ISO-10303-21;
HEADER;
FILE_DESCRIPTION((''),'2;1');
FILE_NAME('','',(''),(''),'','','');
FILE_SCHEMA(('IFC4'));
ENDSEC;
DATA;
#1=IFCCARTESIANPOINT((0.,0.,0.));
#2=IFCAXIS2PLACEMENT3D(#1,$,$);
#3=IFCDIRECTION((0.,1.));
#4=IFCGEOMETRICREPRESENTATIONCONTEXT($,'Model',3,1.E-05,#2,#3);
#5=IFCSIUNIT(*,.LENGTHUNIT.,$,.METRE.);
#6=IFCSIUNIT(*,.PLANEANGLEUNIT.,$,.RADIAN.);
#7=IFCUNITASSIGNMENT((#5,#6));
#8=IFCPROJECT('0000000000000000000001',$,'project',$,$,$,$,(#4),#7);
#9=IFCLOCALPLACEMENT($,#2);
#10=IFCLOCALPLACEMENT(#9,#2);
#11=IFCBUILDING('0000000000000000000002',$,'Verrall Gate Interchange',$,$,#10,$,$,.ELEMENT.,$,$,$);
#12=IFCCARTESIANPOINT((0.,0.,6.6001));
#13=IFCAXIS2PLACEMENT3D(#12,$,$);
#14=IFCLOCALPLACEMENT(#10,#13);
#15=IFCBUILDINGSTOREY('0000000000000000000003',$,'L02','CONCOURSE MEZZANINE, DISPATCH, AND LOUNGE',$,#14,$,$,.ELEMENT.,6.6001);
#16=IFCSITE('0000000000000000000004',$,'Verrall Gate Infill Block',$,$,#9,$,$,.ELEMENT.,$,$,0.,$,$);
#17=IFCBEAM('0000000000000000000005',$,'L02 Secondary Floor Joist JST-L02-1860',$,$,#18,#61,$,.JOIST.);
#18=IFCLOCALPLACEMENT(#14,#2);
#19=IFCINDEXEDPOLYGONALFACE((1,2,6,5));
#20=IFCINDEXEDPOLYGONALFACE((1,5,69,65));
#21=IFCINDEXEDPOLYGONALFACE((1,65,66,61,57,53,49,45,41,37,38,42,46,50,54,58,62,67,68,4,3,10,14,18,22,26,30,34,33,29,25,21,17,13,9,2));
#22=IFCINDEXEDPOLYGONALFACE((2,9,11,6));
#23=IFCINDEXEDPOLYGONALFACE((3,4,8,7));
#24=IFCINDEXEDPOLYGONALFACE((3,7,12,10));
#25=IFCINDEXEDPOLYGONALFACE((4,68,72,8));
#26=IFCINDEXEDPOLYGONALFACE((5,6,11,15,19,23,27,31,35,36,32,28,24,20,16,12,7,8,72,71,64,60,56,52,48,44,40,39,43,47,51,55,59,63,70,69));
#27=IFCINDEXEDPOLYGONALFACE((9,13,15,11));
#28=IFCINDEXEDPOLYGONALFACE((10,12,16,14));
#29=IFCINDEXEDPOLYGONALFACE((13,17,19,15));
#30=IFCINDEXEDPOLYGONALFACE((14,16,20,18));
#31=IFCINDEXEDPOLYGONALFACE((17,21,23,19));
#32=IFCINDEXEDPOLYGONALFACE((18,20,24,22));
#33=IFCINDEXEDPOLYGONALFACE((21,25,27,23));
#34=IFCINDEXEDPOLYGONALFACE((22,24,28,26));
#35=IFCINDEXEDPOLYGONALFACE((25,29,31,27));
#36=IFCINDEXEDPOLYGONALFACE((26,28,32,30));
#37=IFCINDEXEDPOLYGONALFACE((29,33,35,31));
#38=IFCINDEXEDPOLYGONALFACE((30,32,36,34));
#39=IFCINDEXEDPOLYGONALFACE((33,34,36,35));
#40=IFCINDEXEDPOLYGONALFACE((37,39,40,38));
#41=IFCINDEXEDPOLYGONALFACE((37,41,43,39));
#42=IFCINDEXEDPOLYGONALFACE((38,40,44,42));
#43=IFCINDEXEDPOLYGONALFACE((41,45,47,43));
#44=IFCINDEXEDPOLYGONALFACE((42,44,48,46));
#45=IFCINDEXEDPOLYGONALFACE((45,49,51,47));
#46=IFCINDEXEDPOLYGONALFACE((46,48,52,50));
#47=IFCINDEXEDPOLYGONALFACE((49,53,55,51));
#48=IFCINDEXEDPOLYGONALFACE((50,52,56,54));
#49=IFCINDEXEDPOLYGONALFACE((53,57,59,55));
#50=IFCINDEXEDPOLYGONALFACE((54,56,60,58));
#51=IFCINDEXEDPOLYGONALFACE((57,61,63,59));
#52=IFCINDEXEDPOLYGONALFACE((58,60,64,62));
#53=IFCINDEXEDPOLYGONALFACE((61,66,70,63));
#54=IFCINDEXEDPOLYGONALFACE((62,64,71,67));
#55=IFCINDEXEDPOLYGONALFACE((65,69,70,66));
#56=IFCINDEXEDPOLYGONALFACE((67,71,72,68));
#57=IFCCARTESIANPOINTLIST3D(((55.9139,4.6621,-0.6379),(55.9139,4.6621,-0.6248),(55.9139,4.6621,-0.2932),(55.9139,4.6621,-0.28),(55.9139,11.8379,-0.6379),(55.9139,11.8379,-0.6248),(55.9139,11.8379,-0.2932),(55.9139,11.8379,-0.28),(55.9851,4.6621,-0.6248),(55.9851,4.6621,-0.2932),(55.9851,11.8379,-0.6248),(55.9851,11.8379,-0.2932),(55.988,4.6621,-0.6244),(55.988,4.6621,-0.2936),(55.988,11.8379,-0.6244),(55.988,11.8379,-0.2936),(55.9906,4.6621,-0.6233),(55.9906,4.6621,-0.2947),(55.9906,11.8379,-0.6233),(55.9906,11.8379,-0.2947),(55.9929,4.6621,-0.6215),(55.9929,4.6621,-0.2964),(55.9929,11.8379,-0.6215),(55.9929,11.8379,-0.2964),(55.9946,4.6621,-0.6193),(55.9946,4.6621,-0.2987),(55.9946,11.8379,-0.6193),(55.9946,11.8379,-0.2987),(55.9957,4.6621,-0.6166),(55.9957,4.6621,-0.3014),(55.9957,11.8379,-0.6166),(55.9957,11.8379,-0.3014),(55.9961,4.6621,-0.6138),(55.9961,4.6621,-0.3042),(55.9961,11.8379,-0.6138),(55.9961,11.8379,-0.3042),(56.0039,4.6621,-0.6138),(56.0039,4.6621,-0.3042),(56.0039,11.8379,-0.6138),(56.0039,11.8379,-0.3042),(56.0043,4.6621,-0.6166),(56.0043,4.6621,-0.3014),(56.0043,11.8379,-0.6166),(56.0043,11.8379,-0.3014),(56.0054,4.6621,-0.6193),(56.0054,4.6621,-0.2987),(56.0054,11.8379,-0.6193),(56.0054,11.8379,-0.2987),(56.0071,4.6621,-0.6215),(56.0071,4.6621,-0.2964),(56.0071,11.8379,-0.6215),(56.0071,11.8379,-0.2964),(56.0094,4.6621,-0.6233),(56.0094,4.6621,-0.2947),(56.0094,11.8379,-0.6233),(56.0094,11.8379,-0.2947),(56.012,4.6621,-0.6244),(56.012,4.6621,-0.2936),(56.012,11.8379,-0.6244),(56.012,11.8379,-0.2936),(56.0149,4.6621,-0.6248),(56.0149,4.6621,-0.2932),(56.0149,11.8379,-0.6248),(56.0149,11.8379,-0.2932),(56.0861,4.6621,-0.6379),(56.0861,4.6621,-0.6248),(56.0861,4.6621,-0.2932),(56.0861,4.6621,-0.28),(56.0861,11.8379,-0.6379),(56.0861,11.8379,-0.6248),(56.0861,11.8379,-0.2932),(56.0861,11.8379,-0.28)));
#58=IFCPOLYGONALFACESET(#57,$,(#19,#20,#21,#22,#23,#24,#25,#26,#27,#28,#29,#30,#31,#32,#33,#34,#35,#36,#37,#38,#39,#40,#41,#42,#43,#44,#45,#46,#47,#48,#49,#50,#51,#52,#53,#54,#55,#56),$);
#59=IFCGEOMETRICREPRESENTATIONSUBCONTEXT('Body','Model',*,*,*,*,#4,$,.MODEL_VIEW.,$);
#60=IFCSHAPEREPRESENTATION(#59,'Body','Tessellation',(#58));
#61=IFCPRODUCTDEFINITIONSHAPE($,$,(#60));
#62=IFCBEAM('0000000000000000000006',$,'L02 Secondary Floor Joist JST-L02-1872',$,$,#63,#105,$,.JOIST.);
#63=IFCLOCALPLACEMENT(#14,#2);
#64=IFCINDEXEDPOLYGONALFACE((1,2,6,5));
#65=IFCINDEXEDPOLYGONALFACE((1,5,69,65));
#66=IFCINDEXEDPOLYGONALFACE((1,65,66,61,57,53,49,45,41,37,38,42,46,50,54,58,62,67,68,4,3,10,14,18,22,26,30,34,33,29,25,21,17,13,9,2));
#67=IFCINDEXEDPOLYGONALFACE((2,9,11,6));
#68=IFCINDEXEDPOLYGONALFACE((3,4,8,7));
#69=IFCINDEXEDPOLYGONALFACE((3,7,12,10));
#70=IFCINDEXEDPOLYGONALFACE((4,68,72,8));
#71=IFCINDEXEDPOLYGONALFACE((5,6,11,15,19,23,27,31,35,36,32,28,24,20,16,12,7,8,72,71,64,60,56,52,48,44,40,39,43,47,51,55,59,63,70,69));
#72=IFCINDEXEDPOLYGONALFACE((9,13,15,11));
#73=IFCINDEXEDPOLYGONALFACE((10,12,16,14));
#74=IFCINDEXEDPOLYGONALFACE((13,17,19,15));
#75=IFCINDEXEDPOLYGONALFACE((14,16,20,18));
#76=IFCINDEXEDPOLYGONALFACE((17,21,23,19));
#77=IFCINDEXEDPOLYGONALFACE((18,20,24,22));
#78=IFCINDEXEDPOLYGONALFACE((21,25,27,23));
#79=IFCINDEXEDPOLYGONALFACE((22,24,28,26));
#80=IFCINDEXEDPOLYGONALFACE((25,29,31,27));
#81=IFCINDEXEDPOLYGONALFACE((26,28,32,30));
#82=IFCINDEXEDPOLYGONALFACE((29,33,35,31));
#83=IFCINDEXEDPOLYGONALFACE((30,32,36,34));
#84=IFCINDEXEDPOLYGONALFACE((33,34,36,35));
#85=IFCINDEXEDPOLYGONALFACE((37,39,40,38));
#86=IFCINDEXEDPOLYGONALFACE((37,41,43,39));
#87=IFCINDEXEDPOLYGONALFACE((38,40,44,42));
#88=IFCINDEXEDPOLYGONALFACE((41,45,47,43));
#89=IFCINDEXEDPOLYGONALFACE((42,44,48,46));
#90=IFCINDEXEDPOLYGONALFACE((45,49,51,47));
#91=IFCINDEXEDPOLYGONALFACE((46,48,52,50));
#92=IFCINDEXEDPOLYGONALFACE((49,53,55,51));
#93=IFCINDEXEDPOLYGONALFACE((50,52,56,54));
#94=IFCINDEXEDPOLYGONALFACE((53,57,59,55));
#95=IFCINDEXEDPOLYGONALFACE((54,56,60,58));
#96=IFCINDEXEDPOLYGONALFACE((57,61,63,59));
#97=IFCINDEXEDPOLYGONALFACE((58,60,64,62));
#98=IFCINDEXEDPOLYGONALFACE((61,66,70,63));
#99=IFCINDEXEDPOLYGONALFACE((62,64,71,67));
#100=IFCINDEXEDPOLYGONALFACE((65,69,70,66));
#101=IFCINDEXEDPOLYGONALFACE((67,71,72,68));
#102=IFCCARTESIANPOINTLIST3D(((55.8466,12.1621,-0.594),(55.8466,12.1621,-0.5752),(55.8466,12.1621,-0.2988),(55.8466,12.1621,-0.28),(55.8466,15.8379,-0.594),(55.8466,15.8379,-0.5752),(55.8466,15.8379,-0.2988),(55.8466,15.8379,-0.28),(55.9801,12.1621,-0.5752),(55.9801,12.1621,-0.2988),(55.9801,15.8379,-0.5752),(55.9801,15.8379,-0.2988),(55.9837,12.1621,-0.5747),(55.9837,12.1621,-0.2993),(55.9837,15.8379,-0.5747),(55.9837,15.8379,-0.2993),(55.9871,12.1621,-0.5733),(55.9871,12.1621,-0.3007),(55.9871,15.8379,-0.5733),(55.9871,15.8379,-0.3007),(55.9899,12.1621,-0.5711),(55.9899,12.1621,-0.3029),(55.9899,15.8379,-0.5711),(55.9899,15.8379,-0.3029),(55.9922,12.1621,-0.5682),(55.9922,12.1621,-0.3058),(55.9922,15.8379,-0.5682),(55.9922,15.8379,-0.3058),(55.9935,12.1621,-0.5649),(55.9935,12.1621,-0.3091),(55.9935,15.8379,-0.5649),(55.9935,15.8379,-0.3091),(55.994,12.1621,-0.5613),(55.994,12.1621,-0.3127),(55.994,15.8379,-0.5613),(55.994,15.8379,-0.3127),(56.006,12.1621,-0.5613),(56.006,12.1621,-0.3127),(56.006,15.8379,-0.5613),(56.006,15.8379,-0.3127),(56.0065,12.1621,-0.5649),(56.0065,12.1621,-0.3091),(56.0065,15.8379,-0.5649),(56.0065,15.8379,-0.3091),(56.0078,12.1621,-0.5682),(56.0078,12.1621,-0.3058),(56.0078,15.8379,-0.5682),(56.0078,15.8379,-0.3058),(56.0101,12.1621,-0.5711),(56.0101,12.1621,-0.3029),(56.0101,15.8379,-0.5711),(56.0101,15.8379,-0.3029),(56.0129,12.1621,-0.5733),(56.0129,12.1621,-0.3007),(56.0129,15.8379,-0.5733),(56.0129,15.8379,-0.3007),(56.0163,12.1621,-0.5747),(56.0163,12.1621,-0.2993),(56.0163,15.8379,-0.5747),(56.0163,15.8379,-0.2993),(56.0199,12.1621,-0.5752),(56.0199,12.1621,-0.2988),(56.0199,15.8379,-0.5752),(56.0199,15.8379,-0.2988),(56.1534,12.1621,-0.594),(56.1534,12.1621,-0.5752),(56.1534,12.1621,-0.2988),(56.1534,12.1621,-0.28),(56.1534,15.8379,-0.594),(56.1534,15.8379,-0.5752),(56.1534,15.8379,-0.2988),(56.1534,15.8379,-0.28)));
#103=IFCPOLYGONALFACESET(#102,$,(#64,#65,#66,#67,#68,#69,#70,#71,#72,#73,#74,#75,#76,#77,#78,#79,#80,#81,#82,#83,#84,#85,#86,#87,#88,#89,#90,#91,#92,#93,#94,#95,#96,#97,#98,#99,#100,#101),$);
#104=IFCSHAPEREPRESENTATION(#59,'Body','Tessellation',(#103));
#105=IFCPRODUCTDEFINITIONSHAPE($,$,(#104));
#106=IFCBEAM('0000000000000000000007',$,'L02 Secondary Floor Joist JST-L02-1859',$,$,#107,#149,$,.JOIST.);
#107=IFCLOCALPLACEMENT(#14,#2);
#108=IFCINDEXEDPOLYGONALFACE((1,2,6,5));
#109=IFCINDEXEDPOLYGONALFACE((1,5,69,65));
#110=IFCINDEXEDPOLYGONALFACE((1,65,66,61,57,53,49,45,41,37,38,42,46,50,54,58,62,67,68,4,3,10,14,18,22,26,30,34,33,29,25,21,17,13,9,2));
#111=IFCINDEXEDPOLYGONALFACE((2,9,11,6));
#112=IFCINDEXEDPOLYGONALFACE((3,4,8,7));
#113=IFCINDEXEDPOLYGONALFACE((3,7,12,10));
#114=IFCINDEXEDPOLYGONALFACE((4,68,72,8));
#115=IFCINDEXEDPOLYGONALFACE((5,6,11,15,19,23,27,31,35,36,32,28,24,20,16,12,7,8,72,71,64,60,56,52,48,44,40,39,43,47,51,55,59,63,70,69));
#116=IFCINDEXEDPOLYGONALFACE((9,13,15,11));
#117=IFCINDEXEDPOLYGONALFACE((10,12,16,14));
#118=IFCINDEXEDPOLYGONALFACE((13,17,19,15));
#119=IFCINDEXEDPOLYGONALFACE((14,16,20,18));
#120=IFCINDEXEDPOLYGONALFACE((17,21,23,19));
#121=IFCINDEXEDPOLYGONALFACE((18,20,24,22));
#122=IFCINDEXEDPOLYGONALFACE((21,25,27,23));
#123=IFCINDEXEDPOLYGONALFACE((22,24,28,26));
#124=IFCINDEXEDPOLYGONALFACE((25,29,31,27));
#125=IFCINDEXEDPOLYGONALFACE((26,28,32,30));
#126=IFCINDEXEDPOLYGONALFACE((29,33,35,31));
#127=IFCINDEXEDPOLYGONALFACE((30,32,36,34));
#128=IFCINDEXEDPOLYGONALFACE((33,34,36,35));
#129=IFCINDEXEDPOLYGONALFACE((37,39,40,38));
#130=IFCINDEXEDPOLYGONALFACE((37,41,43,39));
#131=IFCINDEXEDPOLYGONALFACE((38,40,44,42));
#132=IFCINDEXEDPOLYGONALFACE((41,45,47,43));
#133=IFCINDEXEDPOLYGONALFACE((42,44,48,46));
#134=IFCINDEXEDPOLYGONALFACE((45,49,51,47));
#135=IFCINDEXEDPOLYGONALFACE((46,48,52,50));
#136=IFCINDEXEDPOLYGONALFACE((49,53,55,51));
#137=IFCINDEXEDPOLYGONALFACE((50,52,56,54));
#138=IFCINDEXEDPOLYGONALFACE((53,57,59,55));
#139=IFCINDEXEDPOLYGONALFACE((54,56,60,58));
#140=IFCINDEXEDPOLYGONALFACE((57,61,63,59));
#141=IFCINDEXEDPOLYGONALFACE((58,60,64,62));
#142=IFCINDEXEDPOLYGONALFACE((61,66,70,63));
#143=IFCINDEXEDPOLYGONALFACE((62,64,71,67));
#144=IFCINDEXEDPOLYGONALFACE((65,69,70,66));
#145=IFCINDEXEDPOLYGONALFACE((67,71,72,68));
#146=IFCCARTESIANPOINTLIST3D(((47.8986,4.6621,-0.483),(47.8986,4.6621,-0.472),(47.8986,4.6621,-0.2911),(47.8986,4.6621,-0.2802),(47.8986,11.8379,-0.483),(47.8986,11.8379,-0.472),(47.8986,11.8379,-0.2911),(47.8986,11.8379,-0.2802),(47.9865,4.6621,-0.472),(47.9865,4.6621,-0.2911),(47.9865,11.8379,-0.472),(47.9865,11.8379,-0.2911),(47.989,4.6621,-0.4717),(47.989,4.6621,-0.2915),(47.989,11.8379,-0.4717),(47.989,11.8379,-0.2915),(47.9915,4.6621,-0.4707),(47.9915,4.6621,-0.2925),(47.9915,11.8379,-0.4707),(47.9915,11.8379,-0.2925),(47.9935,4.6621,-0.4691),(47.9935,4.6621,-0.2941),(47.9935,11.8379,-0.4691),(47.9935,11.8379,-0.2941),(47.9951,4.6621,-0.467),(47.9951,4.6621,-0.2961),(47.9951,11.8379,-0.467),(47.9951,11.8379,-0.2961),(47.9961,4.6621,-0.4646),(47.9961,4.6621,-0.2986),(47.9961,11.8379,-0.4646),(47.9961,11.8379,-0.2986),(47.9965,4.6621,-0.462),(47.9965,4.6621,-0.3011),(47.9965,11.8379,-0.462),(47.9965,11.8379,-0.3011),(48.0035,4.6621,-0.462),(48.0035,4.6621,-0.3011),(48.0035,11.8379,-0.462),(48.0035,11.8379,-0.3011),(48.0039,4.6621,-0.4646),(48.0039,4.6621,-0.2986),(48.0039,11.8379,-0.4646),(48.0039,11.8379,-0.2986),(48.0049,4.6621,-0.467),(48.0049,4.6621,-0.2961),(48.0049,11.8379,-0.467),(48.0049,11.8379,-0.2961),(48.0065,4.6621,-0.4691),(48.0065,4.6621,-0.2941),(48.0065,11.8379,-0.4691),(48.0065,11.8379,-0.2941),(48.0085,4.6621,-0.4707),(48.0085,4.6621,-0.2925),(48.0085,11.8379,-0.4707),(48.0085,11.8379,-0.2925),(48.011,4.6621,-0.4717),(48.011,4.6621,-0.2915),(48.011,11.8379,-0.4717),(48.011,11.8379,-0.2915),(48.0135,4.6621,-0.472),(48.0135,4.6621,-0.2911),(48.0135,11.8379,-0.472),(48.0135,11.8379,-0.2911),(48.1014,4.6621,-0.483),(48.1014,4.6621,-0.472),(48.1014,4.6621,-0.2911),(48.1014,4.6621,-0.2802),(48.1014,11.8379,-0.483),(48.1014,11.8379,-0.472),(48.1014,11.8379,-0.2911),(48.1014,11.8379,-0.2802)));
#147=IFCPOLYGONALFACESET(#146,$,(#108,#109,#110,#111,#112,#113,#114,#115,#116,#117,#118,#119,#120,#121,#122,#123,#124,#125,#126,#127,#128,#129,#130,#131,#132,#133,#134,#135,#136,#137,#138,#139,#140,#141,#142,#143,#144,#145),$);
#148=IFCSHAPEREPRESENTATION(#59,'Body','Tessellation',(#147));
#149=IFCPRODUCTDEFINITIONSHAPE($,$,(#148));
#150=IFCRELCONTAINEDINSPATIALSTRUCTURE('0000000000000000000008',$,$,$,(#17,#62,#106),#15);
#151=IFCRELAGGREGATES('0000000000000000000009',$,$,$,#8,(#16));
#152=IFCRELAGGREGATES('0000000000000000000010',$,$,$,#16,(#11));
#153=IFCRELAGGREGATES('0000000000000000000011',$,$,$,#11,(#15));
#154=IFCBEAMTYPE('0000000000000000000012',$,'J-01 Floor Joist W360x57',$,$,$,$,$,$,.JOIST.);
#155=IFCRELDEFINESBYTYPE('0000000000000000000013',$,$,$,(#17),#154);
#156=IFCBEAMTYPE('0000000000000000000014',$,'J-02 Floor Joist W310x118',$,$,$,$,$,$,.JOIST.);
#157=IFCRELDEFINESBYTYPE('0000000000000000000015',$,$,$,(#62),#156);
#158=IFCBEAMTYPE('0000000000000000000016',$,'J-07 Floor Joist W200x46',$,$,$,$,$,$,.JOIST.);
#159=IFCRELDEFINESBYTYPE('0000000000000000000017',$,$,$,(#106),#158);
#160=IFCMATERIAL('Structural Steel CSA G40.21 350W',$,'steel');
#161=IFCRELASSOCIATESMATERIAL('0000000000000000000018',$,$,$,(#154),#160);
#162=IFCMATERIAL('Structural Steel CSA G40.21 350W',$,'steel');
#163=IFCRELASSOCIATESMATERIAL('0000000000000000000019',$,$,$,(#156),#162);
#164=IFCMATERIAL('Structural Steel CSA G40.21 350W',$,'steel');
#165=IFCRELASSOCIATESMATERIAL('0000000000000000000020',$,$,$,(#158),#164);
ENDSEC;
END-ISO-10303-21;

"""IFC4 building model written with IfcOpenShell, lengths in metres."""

from ifc_helpers import new_model, si_unit, direction, frame, origin, origin_2d, place, context, subcontext, project, spatial, i_section, extrude, material, material_profile, profile_set, type_object, element, save


model = new_model("IFC4")

# Units and contexts
model_context = context("Model", 3, precision=1e-05, world=origin(), true_north=direction((0.0, 1.0)))
body_context = subcontext(model_context, "Body", "Model", "MODEL_VIEW")
ifc_project = project(units=[si_unit("LENGTHUNIT", "METRE"), si_unit("PLANEANGLEUNIT", "RADIAN")], contexts=[model_context])

# Site, building, storey
site_placement = place(None, origin())
site = spatial("IfcSite", under=ifc_project, at=site_placement, Name="Verrall Gate Infill Block", CompositionType="ELEMENT", RefElevation=0.0)
building_placement = place(site_placement, origin())
building = spatial("IfcBuilding", under=site, at=building_placement, Name="Verrall Gate Interchange", CompositionType="ELEMENT")
storey_placement = place(building_placement, frame((0.0, 0.0, 6.6001)))
storey = spatial("IfcBuildingStorey", under=building, at=storey_placement, Name="L02", Description="CONCOURSE MEZZANINE, DISPATCH, AND LOUNGE", CompositionType="ELEMENT", Elevation=6.6001)

# Beams
ifc_material_1 = material(Name="Structural Steel CSA G40.21 350W", Category="steel")
ifc_material_profile_1 = material_profile(ifc_material_1, i_section(OverallWidth=0.1721, OverallDepth=0.3579, WebThickness=0.0078, FlangeThickness=0.0132, FilletRadius=0.011, at=origin_2d()), Name="W360x57")
ifc_profile_set_1 = profile_set([ifc_material_profile_1], Name="Structural Steel CSA G40.21 350W")
beam_type_1 = type_object("IfcBeamType", Name="J-01 Floor Joist W360x57", PredefinedType="JOIST", material=ifc_profile_set_1)
beam_1_placement = place(storey_placement, frame((56.0, 4.6621, -0.459), z_axis=(0.0, 1.0, 0.0), x_axis=(-1.0, 0.0, 0.0)))
element("IfcBeam", 1, at=beam_1_placement, inside=storey, type_object=beam_type_1, Name="L02 Secondary Floor Joist JST-L02-1860", PredefinedType="JOIST", context=body_context, shape_type="SweptSolid", body=[
    extrude(i_section(OverallWidth=0.1721, OverallDepth=0.3579, WebThickness=0.0078, FlangeThickness=0.0132, FilletRadius=0.011, at=origin_2d()), origin(), (0.0, 0.0, 1.0), 7.1758),
])
ifc_material_2 = material(Name="Structural Steel CSA G40.21 350W", Category="steel")
ifc_material_profile_2 = material_profile(ifc_material_2, i_section(OverallWidth=0.3069, OverallDepth=0.314, WebThickness=0.012, FlangeThickness=0.0188, FilletRadius=0.0139, at=origin_2d()), Name="W310x118")
ifc_profile_set_2 = profile_set([ifc_material_profile_2], Name="Structural Steel CSA G40.21 350W")
beam_type_2 = type_object("IfcBeamType", Name="J-02 Floor Joist W310x118", PredefinedType="JOIST", material=ifc_profile_set_2)
beam_2_placement = place(storey_placement, frame((56.0, 12.1621, -0.437), z_axis=(0.0, 1.0, 0.0), x_axis=(-1.0, 0.0, 0.0)))
element("IfcBeam", 2, at=beam_2_placement, inside=storey, type_object=beam_type_2, Name="L02 Secondary Floor Joist JST-L02-1872", PredefinedType="JOIST", context=body_context, shape_type="SweptSolid", body=[
    extrude(i_section(OverallWidth=0.3069, OverallDepth=0.314, WebThickness=0.012, FlangeThickness=0.0188, FilletRadius=0.0139, at=origin_2d()), origin(), (0.0, 0.0, 1.0), 3.6758),
])
ifc_material_3 = material(Name="Structural Steel CSA G40.21 350W", Category="steel")
ifc_material_profile_3 = material_profile(ifc_material_3, i_section(OverallWidth=0.2029, OverallDepth=0.2029, WebThickness=0.0071, FlangeThickness=0.011, FilletRadius=0.01, at=origin_2d()), Name="W200x46")
ifc_profile_set_3 = profile_set([ifc_material_profile_3], Name="Structural Steel CSA G40.21 350W")
beam_type_3 = type_object("IfcBeamType", Name="J-07 Floor Joist W200x46", PredefinedType="JOIST", material=ifc_profile_set_3)
beam_3_placement = place(storey_placement, frame((48.0, 4.6621, -0.3816), z_axis=(0.0, 1.0, 0.0), x_axis=(-1.0, 0.0, 0.0)))
element("IfcBeam", 3, at=beam_3_placement, inside=storey, type_object=beam_type_3, Name="L02 Secondary Floor Joist JST-L02-1859", PredefinedType="JOIST", context=body_context, shape_type="SweptSolid", body=[
    extrude(i_section(OverallWidth=0.2029, OverallDepth=0.2029, WebThickness=0.0071, FlangeThickness=0.011, FilletRadius=0.01, at=origin_2d()), origin(), (0.0, 0.0, 1.0), 7.1758),
])

save(model, "model.ifc")
